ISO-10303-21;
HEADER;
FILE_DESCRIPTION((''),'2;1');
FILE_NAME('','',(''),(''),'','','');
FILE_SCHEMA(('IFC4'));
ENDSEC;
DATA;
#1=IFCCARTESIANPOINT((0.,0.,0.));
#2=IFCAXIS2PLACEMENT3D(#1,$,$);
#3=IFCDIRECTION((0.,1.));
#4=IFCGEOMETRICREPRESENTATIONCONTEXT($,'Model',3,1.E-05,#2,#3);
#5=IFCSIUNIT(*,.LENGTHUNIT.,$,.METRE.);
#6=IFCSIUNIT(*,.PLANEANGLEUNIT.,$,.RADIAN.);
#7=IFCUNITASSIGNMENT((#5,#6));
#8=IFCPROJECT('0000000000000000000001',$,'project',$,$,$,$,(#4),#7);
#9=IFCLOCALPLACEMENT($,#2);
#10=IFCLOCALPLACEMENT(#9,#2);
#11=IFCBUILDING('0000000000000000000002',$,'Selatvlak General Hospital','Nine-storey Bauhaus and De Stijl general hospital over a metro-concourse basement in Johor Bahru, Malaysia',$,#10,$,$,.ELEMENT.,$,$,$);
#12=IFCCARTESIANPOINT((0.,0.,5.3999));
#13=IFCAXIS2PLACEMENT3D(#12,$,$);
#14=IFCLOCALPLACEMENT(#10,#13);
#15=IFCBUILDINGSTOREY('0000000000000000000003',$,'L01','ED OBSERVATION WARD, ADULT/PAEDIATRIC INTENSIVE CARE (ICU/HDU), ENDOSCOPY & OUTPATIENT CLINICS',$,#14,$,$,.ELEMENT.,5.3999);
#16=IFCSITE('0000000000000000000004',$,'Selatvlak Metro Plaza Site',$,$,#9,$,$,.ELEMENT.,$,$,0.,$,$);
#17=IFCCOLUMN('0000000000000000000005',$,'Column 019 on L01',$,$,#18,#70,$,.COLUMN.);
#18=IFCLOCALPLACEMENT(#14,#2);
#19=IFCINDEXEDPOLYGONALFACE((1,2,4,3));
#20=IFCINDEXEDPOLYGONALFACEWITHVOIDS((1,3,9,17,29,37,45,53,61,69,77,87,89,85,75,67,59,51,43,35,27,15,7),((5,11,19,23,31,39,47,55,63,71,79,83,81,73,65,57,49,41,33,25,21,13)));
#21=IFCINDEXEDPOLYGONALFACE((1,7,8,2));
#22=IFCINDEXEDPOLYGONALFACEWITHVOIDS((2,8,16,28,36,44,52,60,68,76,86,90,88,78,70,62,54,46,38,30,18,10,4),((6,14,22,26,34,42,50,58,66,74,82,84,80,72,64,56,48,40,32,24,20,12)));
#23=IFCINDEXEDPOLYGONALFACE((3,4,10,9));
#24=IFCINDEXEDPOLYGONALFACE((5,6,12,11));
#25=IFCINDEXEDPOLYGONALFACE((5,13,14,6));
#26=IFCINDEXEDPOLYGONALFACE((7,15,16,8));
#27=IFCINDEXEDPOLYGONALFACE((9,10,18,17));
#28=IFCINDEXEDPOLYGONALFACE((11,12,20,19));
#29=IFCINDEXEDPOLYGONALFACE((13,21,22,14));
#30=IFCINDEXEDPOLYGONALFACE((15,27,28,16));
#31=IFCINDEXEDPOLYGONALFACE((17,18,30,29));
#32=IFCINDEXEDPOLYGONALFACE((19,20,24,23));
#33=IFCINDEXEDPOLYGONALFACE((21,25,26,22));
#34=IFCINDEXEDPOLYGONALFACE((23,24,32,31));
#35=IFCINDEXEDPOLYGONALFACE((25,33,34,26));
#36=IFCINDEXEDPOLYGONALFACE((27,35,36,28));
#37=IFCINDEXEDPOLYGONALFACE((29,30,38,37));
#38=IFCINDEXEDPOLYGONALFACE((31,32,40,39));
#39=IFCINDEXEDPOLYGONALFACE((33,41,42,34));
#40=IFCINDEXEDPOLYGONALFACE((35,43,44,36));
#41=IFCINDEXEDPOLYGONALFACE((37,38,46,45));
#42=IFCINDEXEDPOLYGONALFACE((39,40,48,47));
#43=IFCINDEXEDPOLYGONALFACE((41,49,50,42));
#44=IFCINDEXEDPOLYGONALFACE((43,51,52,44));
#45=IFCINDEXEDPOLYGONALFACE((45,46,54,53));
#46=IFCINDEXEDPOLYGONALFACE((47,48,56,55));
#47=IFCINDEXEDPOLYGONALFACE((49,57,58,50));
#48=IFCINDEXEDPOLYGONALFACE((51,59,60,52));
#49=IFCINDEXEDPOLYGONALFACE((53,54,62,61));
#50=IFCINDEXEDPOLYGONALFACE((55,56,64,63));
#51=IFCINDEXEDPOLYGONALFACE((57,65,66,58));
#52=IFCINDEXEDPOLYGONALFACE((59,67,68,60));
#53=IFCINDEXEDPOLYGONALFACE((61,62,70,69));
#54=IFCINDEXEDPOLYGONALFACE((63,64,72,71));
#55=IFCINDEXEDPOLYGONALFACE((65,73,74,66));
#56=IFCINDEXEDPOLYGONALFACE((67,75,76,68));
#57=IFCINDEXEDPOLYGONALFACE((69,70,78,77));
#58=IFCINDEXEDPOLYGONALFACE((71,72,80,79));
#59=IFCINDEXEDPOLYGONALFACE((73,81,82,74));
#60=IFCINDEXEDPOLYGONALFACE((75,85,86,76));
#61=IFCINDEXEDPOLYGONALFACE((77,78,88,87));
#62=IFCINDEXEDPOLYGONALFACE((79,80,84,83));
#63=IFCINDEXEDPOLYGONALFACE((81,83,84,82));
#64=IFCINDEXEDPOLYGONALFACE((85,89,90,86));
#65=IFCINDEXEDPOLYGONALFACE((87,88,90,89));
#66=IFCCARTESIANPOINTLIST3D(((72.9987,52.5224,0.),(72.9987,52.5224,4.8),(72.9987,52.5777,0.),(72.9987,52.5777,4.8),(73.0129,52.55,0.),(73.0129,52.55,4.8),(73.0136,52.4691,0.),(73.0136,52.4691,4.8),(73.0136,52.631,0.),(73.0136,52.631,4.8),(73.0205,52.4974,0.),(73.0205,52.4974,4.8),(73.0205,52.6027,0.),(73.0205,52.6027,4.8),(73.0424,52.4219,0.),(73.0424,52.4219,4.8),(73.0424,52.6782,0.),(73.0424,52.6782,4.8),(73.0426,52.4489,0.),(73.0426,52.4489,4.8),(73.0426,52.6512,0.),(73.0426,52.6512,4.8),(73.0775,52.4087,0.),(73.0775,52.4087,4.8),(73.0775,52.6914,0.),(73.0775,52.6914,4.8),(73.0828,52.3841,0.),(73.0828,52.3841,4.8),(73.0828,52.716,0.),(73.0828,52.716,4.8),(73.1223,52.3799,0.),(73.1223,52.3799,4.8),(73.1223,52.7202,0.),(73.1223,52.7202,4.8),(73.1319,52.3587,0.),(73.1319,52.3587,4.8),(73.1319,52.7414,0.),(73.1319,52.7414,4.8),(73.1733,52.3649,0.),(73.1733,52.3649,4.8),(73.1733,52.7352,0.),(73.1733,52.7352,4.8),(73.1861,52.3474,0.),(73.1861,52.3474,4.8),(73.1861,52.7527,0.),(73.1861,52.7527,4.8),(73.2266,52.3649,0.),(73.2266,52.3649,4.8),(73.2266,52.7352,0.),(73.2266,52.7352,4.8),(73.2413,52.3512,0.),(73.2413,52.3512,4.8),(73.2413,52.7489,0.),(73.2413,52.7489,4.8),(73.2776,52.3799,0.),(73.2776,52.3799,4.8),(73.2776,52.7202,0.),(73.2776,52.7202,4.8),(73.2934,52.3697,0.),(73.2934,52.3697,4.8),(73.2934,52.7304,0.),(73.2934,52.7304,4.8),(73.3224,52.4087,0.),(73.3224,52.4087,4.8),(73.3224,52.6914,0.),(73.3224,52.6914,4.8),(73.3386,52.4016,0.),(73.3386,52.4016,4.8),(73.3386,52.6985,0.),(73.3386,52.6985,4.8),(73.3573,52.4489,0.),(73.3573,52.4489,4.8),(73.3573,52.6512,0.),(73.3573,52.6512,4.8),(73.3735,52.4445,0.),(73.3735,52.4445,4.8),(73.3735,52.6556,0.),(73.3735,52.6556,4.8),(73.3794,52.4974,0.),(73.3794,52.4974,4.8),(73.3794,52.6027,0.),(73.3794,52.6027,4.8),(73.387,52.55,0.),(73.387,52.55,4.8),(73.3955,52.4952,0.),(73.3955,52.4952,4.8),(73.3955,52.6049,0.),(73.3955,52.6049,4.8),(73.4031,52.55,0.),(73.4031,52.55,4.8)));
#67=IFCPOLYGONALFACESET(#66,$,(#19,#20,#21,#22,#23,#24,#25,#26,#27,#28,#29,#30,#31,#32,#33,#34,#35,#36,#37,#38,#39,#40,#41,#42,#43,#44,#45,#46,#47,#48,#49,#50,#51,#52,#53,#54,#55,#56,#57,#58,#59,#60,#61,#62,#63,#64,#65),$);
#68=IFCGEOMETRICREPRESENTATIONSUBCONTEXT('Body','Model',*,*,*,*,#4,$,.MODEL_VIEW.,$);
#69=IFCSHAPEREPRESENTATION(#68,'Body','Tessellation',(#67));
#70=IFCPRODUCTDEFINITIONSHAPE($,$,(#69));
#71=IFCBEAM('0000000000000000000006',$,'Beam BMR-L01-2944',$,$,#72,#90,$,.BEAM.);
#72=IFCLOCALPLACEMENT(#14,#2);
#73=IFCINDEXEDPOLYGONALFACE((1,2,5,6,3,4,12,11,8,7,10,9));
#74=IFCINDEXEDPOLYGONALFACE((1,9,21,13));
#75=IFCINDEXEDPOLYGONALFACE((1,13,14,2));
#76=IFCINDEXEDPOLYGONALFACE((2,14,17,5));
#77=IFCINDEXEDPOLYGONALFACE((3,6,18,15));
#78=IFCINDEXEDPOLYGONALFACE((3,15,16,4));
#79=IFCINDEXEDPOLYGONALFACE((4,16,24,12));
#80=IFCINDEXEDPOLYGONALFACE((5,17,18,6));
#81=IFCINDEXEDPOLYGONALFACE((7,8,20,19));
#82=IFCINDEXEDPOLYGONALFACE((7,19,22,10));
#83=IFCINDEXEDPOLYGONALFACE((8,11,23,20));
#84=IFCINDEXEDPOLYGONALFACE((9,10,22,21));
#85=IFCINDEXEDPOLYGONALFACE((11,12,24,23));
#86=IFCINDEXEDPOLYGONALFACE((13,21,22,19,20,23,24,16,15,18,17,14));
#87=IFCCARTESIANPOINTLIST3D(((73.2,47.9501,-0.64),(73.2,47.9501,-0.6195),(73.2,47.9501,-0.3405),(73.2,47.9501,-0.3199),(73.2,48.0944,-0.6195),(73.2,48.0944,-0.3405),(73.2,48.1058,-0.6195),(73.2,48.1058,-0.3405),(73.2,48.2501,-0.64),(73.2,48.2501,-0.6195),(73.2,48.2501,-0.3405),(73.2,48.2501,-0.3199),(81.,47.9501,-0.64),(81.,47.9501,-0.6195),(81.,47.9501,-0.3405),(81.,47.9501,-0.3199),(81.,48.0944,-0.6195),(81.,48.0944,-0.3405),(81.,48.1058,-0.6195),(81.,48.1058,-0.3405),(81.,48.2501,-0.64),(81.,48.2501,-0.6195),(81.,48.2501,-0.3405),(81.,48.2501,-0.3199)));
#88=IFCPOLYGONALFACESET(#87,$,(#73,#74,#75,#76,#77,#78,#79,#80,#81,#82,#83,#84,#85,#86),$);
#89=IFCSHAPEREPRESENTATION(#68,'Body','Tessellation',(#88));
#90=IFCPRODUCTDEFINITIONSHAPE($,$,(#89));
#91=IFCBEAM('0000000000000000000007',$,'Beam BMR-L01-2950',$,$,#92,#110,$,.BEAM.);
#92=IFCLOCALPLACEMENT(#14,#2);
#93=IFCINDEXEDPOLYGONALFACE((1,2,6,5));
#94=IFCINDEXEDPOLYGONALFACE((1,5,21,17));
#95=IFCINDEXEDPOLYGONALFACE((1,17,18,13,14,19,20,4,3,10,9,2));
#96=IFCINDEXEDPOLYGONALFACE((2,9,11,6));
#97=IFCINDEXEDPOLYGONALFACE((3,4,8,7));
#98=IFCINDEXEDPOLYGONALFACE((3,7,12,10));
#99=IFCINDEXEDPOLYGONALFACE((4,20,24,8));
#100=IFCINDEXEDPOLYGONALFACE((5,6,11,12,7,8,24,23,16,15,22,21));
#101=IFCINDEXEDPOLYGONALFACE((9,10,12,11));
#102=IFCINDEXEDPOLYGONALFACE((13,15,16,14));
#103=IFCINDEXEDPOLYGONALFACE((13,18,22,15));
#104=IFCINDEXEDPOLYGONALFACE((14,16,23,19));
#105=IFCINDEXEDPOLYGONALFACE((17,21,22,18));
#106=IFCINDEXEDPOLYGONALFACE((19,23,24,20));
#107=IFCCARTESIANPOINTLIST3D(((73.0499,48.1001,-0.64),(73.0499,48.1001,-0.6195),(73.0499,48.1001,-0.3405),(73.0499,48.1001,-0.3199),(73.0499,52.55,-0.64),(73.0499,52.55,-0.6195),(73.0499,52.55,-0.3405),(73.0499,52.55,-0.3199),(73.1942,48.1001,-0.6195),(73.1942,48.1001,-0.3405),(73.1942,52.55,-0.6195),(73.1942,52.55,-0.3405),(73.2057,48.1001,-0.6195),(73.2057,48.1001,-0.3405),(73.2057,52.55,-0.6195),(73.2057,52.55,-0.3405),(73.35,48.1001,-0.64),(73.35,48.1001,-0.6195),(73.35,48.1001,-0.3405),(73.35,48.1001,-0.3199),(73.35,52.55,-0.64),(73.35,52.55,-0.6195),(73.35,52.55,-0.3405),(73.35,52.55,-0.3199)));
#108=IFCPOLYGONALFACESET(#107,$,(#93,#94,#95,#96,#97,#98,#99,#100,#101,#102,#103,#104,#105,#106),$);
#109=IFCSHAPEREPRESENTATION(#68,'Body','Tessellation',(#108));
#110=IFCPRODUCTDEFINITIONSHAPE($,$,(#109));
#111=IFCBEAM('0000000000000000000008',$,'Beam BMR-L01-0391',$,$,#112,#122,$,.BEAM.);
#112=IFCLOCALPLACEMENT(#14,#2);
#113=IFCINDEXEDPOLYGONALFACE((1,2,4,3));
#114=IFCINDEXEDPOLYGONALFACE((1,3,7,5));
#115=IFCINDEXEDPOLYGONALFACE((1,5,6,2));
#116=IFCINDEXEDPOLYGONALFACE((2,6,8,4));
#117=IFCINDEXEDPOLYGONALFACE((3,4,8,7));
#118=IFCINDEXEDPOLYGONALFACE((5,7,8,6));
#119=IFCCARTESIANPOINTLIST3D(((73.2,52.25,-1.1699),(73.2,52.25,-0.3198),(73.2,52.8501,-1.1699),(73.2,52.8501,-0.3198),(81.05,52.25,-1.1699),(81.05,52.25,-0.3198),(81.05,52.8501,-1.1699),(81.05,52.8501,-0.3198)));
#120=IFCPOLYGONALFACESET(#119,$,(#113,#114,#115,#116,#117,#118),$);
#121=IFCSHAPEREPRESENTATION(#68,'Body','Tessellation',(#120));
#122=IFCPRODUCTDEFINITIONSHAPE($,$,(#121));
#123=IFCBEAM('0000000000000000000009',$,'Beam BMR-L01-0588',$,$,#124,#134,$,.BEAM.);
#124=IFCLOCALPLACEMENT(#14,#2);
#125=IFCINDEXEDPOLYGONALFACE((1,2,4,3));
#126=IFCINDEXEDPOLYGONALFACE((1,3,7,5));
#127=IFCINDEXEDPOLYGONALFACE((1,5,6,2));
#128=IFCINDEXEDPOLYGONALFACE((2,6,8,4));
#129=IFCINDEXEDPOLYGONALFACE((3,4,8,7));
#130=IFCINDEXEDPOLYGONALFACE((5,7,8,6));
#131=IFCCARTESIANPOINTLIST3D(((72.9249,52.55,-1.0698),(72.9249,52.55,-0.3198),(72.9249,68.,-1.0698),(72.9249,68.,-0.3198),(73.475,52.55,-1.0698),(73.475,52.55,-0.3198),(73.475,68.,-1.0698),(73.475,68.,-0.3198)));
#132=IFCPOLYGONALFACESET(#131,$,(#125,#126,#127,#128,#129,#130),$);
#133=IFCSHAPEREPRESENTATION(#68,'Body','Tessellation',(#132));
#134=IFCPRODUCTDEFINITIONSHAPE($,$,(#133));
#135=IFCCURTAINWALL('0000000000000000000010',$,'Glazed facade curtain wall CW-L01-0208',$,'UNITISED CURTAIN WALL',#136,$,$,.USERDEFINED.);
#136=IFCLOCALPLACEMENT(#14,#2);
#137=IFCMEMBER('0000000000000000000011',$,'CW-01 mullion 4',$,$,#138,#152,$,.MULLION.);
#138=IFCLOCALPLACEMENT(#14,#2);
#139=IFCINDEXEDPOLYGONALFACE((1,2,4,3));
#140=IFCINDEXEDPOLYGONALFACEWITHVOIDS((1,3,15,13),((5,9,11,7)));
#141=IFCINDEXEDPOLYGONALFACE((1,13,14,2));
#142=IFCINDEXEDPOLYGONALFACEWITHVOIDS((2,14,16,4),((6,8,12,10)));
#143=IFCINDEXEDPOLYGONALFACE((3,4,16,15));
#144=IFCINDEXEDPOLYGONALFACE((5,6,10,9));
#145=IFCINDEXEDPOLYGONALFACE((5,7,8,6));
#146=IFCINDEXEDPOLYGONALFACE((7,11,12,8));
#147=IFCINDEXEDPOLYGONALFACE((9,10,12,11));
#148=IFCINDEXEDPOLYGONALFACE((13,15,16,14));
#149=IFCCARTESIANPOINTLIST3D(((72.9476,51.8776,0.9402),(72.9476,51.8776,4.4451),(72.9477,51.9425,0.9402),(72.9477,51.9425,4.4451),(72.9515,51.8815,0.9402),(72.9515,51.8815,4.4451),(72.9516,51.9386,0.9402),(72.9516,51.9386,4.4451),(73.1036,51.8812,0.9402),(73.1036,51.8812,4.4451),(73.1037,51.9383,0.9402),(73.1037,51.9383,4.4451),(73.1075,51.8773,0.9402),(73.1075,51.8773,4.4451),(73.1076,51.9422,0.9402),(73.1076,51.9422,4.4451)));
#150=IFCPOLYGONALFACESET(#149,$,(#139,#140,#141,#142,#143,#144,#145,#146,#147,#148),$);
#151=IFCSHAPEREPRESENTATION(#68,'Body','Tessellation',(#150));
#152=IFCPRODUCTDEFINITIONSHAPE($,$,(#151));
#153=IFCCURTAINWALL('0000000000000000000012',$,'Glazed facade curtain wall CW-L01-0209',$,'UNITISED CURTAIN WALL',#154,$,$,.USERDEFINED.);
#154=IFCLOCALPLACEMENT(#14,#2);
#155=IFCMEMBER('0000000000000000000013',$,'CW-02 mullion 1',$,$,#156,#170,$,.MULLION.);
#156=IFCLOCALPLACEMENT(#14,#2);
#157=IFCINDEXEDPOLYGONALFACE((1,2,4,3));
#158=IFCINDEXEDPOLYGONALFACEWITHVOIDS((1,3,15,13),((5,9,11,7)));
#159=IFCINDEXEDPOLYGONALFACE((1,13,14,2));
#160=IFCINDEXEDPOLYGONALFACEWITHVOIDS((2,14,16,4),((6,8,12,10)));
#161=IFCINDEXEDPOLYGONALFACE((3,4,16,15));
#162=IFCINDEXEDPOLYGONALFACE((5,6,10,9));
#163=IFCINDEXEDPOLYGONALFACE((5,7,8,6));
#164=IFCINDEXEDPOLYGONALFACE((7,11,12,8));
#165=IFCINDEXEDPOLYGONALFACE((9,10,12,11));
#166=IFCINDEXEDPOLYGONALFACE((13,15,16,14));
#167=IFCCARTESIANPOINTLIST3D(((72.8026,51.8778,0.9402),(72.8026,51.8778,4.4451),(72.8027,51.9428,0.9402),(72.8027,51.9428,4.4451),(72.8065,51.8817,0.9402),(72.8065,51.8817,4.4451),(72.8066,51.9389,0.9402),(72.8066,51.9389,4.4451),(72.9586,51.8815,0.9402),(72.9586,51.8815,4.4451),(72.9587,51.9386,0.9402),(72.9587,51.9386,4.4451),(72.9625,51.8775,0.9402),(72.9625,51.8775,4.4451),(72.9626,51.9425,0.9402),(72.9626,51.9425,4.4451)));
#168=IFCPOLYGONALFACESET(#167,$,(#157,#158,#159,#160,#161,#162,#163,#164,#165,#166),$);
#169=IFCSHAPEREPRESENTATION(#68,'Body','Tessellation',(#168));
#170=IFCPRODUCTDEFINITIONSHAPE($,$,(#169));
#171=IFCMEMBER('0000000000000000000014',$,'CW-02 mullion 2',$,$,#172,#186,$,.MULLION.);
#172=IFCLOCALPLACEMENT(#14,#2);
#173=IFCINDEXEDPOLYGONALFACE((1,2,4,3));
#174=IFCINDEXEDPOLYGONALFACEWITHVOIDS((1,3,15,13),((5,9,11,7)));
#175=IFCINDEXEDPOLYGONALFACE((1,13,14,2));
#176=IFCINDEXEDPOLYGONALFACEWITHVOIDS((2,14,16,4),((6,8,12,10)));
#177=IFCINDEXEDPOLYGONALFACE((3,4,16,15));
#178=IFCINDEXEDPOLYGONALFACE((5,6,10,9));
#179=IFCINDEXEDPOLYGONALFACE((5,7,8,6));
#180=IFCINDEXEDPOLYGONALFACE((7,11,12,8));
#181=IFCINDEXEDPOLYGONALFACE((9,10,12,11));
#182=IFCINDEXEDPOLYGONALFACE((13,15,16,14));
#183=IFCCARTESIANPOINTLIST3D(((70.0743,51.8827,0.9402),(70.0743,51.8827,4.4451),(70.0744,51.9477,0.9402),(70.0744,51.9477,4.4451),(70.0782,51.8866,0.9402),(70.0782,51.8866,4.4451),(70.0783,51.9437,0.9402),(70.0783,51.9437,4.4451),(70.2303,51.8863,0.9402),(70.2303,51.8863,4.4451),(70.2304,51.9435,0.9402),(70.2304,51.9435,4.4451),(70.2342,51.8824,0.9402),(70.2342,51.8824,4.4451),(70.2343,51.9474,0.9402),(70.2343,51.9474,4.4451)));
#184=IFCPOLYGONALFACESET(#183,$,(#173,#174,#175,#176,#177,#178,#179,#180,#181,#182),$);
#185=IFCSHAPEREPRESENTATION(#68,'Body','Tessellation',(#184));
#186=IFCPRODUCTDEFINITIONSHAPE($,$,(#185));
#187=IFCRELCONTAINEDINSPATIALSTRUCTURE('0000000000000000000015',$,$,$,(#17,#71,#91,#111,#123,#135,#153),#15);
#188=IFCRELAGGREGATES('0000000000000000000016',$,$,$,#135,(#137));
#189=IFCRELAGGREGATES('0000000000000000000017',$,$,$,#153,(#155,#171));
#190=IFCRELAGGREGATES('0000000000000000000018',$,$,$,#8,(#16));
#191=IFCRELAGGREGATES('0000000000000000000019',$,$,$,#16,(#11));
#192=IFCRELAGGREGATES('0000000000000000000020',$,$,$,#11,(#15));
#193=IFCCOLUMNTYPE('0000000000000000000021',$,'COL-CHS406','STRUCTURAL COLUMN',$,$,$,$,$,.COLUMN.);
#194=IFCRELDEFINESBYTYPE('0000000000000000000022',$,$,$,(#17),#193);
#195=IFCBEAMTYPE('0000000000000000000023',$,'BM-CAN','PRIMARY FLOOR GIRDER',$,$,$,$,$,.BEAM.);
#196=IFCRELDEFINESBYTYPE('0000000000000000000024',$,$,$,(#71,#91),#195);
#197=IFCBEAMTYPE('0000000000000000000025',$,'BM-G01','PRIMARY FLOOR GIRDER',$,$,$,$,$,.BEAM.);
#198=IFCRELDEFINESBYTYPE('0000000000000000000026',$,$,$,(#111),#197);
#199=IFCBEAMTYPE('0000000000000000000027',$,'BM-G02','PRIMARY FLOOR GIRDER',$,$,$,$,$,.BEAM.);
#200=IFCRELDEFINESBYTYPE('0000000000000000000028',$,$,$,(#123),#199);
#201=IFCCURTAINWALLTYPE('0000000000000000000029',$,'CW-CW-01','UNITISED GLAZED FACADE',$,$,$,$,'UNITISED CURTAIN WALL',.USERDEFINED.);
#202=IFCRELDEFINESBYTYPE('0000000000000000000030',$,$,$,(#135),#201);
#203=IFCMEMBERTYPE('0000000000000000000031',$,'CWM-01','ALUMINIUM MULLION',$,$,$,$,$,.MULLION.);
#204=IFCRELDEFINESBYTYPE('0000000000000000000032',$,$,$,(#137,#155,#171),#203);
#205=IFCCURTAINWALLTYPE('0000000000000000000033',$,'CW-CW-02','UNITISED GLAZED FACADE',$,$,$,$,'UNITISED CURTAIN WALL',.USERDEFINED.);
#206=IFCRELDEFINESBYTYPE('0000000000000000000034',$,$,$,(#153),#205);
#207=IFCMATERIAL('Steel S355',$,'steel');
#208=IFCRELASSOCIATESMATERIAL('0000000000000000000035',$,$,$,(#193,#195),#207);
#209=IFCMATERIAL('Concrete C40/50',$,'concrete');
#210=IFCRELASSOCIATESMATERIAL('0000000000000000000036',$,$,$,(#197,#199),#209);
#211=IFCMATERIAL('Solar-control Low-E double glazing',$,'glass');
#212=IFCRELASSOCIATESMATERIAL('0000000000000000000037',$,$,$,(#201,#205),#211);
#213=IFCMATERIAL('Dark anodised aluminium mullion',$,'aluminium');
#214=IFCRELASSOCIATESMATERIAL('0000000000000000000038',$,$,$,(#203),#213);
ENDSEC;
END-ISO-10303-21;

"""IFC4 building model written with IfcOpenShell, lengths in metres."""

from ifc_helpers import new_model, si_unit, direction, frame, origin, origin_2d, place, context, subcontext, project, spatial, rectangle, hollow_rectangle, hollow_circle, i_section, extrude, material, material_profile, profile_set, type_object, element, aggregate, save


model = new_model("IFC4")

# Units and contexts
model_context = context("Model", 3, precision=1e-05, world=origin(), true_north=direction((0.0, 1.0)))
body_context = subcontext(model_context, "Body", "Model", "MODEL_VIEW")
ifc_project = project(units=[si_unit("LENGTHUNIT", "METRE"), si_unit("PLANEANGLEUNIT", "RADIAN")], contexts=[model_context])

# Site, building, storey
site_placement = place(None, origin())
site = spatial("IfcSite", under=ifc_project, at=site_placement, Name="Selatvlak Metro Plaza Site", CompositionType="ELEMENT", RefElevation=0.0)
building_placement = place(site_placement, origin())
building = spatial("IfcBuilding", under=site, at=building_placement, Name="Selatvlak General Hospital", Description="Nine-storey Bauhaus and De Stijl general hospital over a metro-concourse basement in Johor Bahru, Malaysia", CompositionType="ELEMENT")
storey_placement = place(building_placement, frame((0.0, 0.0, 5.3999)))
storey = spatial("IfcBuildingStorey", under=building, at=storey_placement, Name="L01", Description="ED OBSERVATION WARD, ADULT/PAEDIATRIC INTENSIVE CARE (ICU/HDU), ENDOSCOPY & OUTPATIENT CLINICS", CompositionType="ELEMENT", Elevation=5.3999)

# Column
ifc_material_1 = material(Name="Steel S355", Category="steel")
ifc_material_profile_1 = material_profile(ifc_material_1, hollow_circle(Radius=0.2031, WallThickness=0.0161, at=origin_2d()), Name="CHS 406.4x16")
ifc_profile_set_1 = profile_set([ifc_material_profile_1], Name="Steel S355")
column_type = type_object("IfcColumnType", Name="COL-CHS406", Description="STRUCTURAL COLUMN", PredefinedType="COLUMN", material=ifc_profile_set_1)
column_placement = place(storey_placement, frame((73.2, 52.55, 0.0), z_axis=(0.0, 0.0, 1.0), x_axis=(1.0, 0.0, 0.0)))
element("IfcColumn", 1, at=column_placement, inside=storey, type_object=column_type, Name="Column 019 on L01", PredefinedType="COLUMN", context=body_context, shape_type="SweptSolid", body=[
    extrude(hollow_circle(Radius=0.2031, WallThickness=0.0161, at=origin_2d()), origin(), (0.0, 0.0, 1.0), 4.8),
])

# Beams
ifc_material_profile_2 = material_profile(ifc_material_1, i_section(OverallWidth=0.3, OverallDepth=0.3201, WebThickness=0.0115, FlangeThickness=0.0205, at=origin_2d()), Name="HEB 320")
ifc_profile_set_2 = profile_set([ifc_material_profile_2], Name="Steel S355")
beam_type_1 = type_object("IfcBeamType", Name="BM-CAN", Description="PRIMARY FLOOR GIRDER", PredefinedType="BEAM", material=ifc_profile_set_2)
beam_1_placement = place(storey_placement, frame((73.2, 48.1001, -0.48), z_axis=(1.0, 0.0, 0.0), x_axis=(0.0, 1.0, 0.0)))
element("IfcBeam", 2, at=beam_1_placement, inside=storey, type_object=beam_type_1, Name="Beam BMR-L01-2944", PredefinedType="BEAM", context=body_context, shape_type="SweptSolid", body=[
    extrude(i_section(OverallWidth=0.3, OverallDepth=0.3201, WebThickness=0.0115, FlangeThickness=0.0205, at=origin_2d()), origin(), (0.0, 0.0, 1.0), 7.8),
])
beam_2_placement = place(storey_placement, frame((73.2, 48.1001, -0.48), z_axis=(0.0, 1.0, 0.0), x_axis=(-1.0, 0.0, 0.0)))
element("IfcBeam", 3, at=beam_2_placement, inside=storey, type_object=beam_type_1, Name="Beam BMR-L01-2950", PredefinedType="BEAM", context=body_context, shape_type="SweptSolid", body=[
    extrude(i_section(OverallWidth=0.3, OverallDepth=0.3201, WebThickness=0.0115, FlangeThickness=0.0205, at=origin_2d()), origin(), (0.0, 0.0, 1.0), 4.45),
])
ifc_material_2 = material(Name="Concrete C40/50", Category="concrete")
ifc_material_profile_3 = material_profile(ifc_material_2, rectangle(XDim=0.6001, YDim=0.8501, at=origin_2d()), Name="RC-BM 600x850")
ifc_profile_set_3 = profile_set([ifc_material_profile_3], Name="Concrete C40/50")
beam_type_2 = type_object("IfcBeamType", Name="BM-G01", Description="PRIMARY FLOOR GIRDER", PredefinedType="BEAM", material=ifc_profile_set_3)
beam_3_placement = place(storey_placement, frame((73.2, 52.55, -0.7449), z_axis=(1.0, 0.0, 0.0), x_axis=(0.0, 1.0, 0.0)))
element("IfcBeam", 4, at=beam_3_placement, inside=storey, type_object=beam_type_2, Name="Beam BMR-L01-0391", PredefinedType="BEAM", context=body_context, shape_type="SweptSolid", body=[
    extrude(rectangle(XDim=0.6001, YDim=0.8501, at=origin_2d()), origin(), (0.0, 0.0, 1.0), 7.8501),
])
ifc_material_profile_4 = material_profile(ifc_material_2, rectangle(XDim=0.55, YDim=0.75, at=origin_2d()), Name="RC-BM 550x750")
ifc_profile_set_4 = profile_set([ifc_material_profile_4], Name="Concrete C40/50")
beam_type_3 = type_object("IfcBeamType", Name="BM-G02", Description="PRIMARY FLOOR GIRDER", PredefinedType="BEAM", material=ifc_profile_set_4)
beam_4_placement = place(storey_placement, frame((73.2, 52.55, -0.6948), z_axis=(0.0, 1.0, 0.0), x_axis=(-1.0, 0.0, 0.0)))
element("IfcBeam", 5, at=beam_4_placement, inside=storey, type_object=beam_type_3, Name="Beam BMR-L01-0588", PredefinedType="BEAM", context=body_context, shape_type="SweptSolid", body=[
    extrude(rectangle(XDim=0.55, YDim=0.75, at=origin_2d()), origin(), (0.0, 0.0, 1.0), 15.45),
])

# Curtain wall, member
ifc_material_3 = material(Name="Solar-control Low-E double glazing", Category="glass")
curtain_wall_type_1 = type_object("IfcCurtainWallType", Name="CW-CW-01", Description="UNITISED GLAZED FACADE", ElementType="UNITISED CURTAIN WALL", PredefinedType="USERDEFINED", material=ifc_material_3)
curtain_wall_1_placement = place(storey_placement, origin())
curtain_wall_1 = element("IfcCurtainWall", 6, at=curtain_wall_1_placement, inside=storey, type_object=curtain_wall_type_1, Name="Glazed facade curtain wall CW-L01-0208", ObjectType="UNITISED CURTAIN WALL", PredefinedType="USERDEFINED")
ifc_material_4 = material(Name="Dark anodised aluminium mullion", Category="aluminium")
ifc_material_profile_5 = material_profile(ifc_material_4, hollow_rectangle(XDim=0.0649, YDim=0.1599, WallThickness=0.0039, at=origin_2d()), Name="AL-MUL 65x160x4")
ifc_profile_set_5 = profile_set([ifc_material_profile_5], Name="Dark anodised aluminium mullion")
member_type_1 = type_object("IfcMemberType", Name="CWM-01", Description="ALUMINIUM MULLION", PredefinedType="MULLION", material=ifc_profile_set_5)
member_1_placement = place(storey_placement, frame((73.0276, 51.9099, 0.9402), z_axis=(0.0, 0.0, 1.0), x_axis=(-0.0018, -0.999998, 0.0)))
member_1 = element("IfcMember", 7, at=member_1_placement, type_object=member_type_1, Name="CW-01 mullion 4", PredefinedType="MULLION", context=body_context, shape_type="SweptSolid", body=[
    extrude(hollow_rectangle(XDim=0.0649, YDim=0.1599, WallThickness=0.0039, at=origin_2d()), origin(), (0.0, 0.0, 1.0), 3.5049),
])
aggregate(curtain_wall_1, [member_1])

# Curtain wall, members
curtain_wall_type_2 = type_object("IfcCurtainWallType", Name="CW-CW-02", Description="UNITISED GLAZED FACADE", ElementType="UNITISED CURTAIN WALL", PredefinedType="USERDEFINED", material=ifc_material_3)
curtain_wall_2_placement = place(storey_placement, origin())
curtain_wall_2 = element("IfcCurtainWall", 8, at=curtain_wall_2_placement, inside=storey, type_object=curtain_wall_type_2, Name="Glazed facade curtain wall CW-L01-0209", ObjectType="UNITISED CURTAIN WALL", PredefinedType="USERDEFINED")
member_2_placement = place(storey_placement, frame((72.8826, 51.9102, 0.9402), z_axis=(0.0, 0.0, 1.0), x_axis=(-0.001811, -0.999998, 0.0)))
member_2 = element("IfcMember", 9, at=member_2_placement, type_object=member_type_1, Name="CW-02 mullion 1", PredefinedType="MULLION", context=body_context, shape_type="SweptSolid", body=[
    extrude(hollow_rectangle(XDim=0.0649, YDim=0.1599, WallThickness=0.0039, at=origin_2d()), origin(), (0.0, 0.0, 1.0), 3.5049),
])
member_3_placement = place(storey_placement, frame((70.1543, 51.915, 0.9402), z_axis=(0.0, 0.0, 1.0), x_axis=(-0.001811, -0.999998, 0.0)))
member_3 = element("IfcMember", 10, at=member_3_placement, type_object=member_type_1, Name="CW-02 mullion 2", PredefinedType="MULLION", context=body_context, shape_type="SweptSolid", body=[
    extrude(hollow_rectangle(XDim=0.0649, YDim=0.1599, WallThickness=0.0039, at=origin_2d()), origin(), (0.0, 0.0, 1.0), 3.5049),
])
aggregate(curtain_wall_2, [member_2, member_3])

save(model, "model.ifc")
